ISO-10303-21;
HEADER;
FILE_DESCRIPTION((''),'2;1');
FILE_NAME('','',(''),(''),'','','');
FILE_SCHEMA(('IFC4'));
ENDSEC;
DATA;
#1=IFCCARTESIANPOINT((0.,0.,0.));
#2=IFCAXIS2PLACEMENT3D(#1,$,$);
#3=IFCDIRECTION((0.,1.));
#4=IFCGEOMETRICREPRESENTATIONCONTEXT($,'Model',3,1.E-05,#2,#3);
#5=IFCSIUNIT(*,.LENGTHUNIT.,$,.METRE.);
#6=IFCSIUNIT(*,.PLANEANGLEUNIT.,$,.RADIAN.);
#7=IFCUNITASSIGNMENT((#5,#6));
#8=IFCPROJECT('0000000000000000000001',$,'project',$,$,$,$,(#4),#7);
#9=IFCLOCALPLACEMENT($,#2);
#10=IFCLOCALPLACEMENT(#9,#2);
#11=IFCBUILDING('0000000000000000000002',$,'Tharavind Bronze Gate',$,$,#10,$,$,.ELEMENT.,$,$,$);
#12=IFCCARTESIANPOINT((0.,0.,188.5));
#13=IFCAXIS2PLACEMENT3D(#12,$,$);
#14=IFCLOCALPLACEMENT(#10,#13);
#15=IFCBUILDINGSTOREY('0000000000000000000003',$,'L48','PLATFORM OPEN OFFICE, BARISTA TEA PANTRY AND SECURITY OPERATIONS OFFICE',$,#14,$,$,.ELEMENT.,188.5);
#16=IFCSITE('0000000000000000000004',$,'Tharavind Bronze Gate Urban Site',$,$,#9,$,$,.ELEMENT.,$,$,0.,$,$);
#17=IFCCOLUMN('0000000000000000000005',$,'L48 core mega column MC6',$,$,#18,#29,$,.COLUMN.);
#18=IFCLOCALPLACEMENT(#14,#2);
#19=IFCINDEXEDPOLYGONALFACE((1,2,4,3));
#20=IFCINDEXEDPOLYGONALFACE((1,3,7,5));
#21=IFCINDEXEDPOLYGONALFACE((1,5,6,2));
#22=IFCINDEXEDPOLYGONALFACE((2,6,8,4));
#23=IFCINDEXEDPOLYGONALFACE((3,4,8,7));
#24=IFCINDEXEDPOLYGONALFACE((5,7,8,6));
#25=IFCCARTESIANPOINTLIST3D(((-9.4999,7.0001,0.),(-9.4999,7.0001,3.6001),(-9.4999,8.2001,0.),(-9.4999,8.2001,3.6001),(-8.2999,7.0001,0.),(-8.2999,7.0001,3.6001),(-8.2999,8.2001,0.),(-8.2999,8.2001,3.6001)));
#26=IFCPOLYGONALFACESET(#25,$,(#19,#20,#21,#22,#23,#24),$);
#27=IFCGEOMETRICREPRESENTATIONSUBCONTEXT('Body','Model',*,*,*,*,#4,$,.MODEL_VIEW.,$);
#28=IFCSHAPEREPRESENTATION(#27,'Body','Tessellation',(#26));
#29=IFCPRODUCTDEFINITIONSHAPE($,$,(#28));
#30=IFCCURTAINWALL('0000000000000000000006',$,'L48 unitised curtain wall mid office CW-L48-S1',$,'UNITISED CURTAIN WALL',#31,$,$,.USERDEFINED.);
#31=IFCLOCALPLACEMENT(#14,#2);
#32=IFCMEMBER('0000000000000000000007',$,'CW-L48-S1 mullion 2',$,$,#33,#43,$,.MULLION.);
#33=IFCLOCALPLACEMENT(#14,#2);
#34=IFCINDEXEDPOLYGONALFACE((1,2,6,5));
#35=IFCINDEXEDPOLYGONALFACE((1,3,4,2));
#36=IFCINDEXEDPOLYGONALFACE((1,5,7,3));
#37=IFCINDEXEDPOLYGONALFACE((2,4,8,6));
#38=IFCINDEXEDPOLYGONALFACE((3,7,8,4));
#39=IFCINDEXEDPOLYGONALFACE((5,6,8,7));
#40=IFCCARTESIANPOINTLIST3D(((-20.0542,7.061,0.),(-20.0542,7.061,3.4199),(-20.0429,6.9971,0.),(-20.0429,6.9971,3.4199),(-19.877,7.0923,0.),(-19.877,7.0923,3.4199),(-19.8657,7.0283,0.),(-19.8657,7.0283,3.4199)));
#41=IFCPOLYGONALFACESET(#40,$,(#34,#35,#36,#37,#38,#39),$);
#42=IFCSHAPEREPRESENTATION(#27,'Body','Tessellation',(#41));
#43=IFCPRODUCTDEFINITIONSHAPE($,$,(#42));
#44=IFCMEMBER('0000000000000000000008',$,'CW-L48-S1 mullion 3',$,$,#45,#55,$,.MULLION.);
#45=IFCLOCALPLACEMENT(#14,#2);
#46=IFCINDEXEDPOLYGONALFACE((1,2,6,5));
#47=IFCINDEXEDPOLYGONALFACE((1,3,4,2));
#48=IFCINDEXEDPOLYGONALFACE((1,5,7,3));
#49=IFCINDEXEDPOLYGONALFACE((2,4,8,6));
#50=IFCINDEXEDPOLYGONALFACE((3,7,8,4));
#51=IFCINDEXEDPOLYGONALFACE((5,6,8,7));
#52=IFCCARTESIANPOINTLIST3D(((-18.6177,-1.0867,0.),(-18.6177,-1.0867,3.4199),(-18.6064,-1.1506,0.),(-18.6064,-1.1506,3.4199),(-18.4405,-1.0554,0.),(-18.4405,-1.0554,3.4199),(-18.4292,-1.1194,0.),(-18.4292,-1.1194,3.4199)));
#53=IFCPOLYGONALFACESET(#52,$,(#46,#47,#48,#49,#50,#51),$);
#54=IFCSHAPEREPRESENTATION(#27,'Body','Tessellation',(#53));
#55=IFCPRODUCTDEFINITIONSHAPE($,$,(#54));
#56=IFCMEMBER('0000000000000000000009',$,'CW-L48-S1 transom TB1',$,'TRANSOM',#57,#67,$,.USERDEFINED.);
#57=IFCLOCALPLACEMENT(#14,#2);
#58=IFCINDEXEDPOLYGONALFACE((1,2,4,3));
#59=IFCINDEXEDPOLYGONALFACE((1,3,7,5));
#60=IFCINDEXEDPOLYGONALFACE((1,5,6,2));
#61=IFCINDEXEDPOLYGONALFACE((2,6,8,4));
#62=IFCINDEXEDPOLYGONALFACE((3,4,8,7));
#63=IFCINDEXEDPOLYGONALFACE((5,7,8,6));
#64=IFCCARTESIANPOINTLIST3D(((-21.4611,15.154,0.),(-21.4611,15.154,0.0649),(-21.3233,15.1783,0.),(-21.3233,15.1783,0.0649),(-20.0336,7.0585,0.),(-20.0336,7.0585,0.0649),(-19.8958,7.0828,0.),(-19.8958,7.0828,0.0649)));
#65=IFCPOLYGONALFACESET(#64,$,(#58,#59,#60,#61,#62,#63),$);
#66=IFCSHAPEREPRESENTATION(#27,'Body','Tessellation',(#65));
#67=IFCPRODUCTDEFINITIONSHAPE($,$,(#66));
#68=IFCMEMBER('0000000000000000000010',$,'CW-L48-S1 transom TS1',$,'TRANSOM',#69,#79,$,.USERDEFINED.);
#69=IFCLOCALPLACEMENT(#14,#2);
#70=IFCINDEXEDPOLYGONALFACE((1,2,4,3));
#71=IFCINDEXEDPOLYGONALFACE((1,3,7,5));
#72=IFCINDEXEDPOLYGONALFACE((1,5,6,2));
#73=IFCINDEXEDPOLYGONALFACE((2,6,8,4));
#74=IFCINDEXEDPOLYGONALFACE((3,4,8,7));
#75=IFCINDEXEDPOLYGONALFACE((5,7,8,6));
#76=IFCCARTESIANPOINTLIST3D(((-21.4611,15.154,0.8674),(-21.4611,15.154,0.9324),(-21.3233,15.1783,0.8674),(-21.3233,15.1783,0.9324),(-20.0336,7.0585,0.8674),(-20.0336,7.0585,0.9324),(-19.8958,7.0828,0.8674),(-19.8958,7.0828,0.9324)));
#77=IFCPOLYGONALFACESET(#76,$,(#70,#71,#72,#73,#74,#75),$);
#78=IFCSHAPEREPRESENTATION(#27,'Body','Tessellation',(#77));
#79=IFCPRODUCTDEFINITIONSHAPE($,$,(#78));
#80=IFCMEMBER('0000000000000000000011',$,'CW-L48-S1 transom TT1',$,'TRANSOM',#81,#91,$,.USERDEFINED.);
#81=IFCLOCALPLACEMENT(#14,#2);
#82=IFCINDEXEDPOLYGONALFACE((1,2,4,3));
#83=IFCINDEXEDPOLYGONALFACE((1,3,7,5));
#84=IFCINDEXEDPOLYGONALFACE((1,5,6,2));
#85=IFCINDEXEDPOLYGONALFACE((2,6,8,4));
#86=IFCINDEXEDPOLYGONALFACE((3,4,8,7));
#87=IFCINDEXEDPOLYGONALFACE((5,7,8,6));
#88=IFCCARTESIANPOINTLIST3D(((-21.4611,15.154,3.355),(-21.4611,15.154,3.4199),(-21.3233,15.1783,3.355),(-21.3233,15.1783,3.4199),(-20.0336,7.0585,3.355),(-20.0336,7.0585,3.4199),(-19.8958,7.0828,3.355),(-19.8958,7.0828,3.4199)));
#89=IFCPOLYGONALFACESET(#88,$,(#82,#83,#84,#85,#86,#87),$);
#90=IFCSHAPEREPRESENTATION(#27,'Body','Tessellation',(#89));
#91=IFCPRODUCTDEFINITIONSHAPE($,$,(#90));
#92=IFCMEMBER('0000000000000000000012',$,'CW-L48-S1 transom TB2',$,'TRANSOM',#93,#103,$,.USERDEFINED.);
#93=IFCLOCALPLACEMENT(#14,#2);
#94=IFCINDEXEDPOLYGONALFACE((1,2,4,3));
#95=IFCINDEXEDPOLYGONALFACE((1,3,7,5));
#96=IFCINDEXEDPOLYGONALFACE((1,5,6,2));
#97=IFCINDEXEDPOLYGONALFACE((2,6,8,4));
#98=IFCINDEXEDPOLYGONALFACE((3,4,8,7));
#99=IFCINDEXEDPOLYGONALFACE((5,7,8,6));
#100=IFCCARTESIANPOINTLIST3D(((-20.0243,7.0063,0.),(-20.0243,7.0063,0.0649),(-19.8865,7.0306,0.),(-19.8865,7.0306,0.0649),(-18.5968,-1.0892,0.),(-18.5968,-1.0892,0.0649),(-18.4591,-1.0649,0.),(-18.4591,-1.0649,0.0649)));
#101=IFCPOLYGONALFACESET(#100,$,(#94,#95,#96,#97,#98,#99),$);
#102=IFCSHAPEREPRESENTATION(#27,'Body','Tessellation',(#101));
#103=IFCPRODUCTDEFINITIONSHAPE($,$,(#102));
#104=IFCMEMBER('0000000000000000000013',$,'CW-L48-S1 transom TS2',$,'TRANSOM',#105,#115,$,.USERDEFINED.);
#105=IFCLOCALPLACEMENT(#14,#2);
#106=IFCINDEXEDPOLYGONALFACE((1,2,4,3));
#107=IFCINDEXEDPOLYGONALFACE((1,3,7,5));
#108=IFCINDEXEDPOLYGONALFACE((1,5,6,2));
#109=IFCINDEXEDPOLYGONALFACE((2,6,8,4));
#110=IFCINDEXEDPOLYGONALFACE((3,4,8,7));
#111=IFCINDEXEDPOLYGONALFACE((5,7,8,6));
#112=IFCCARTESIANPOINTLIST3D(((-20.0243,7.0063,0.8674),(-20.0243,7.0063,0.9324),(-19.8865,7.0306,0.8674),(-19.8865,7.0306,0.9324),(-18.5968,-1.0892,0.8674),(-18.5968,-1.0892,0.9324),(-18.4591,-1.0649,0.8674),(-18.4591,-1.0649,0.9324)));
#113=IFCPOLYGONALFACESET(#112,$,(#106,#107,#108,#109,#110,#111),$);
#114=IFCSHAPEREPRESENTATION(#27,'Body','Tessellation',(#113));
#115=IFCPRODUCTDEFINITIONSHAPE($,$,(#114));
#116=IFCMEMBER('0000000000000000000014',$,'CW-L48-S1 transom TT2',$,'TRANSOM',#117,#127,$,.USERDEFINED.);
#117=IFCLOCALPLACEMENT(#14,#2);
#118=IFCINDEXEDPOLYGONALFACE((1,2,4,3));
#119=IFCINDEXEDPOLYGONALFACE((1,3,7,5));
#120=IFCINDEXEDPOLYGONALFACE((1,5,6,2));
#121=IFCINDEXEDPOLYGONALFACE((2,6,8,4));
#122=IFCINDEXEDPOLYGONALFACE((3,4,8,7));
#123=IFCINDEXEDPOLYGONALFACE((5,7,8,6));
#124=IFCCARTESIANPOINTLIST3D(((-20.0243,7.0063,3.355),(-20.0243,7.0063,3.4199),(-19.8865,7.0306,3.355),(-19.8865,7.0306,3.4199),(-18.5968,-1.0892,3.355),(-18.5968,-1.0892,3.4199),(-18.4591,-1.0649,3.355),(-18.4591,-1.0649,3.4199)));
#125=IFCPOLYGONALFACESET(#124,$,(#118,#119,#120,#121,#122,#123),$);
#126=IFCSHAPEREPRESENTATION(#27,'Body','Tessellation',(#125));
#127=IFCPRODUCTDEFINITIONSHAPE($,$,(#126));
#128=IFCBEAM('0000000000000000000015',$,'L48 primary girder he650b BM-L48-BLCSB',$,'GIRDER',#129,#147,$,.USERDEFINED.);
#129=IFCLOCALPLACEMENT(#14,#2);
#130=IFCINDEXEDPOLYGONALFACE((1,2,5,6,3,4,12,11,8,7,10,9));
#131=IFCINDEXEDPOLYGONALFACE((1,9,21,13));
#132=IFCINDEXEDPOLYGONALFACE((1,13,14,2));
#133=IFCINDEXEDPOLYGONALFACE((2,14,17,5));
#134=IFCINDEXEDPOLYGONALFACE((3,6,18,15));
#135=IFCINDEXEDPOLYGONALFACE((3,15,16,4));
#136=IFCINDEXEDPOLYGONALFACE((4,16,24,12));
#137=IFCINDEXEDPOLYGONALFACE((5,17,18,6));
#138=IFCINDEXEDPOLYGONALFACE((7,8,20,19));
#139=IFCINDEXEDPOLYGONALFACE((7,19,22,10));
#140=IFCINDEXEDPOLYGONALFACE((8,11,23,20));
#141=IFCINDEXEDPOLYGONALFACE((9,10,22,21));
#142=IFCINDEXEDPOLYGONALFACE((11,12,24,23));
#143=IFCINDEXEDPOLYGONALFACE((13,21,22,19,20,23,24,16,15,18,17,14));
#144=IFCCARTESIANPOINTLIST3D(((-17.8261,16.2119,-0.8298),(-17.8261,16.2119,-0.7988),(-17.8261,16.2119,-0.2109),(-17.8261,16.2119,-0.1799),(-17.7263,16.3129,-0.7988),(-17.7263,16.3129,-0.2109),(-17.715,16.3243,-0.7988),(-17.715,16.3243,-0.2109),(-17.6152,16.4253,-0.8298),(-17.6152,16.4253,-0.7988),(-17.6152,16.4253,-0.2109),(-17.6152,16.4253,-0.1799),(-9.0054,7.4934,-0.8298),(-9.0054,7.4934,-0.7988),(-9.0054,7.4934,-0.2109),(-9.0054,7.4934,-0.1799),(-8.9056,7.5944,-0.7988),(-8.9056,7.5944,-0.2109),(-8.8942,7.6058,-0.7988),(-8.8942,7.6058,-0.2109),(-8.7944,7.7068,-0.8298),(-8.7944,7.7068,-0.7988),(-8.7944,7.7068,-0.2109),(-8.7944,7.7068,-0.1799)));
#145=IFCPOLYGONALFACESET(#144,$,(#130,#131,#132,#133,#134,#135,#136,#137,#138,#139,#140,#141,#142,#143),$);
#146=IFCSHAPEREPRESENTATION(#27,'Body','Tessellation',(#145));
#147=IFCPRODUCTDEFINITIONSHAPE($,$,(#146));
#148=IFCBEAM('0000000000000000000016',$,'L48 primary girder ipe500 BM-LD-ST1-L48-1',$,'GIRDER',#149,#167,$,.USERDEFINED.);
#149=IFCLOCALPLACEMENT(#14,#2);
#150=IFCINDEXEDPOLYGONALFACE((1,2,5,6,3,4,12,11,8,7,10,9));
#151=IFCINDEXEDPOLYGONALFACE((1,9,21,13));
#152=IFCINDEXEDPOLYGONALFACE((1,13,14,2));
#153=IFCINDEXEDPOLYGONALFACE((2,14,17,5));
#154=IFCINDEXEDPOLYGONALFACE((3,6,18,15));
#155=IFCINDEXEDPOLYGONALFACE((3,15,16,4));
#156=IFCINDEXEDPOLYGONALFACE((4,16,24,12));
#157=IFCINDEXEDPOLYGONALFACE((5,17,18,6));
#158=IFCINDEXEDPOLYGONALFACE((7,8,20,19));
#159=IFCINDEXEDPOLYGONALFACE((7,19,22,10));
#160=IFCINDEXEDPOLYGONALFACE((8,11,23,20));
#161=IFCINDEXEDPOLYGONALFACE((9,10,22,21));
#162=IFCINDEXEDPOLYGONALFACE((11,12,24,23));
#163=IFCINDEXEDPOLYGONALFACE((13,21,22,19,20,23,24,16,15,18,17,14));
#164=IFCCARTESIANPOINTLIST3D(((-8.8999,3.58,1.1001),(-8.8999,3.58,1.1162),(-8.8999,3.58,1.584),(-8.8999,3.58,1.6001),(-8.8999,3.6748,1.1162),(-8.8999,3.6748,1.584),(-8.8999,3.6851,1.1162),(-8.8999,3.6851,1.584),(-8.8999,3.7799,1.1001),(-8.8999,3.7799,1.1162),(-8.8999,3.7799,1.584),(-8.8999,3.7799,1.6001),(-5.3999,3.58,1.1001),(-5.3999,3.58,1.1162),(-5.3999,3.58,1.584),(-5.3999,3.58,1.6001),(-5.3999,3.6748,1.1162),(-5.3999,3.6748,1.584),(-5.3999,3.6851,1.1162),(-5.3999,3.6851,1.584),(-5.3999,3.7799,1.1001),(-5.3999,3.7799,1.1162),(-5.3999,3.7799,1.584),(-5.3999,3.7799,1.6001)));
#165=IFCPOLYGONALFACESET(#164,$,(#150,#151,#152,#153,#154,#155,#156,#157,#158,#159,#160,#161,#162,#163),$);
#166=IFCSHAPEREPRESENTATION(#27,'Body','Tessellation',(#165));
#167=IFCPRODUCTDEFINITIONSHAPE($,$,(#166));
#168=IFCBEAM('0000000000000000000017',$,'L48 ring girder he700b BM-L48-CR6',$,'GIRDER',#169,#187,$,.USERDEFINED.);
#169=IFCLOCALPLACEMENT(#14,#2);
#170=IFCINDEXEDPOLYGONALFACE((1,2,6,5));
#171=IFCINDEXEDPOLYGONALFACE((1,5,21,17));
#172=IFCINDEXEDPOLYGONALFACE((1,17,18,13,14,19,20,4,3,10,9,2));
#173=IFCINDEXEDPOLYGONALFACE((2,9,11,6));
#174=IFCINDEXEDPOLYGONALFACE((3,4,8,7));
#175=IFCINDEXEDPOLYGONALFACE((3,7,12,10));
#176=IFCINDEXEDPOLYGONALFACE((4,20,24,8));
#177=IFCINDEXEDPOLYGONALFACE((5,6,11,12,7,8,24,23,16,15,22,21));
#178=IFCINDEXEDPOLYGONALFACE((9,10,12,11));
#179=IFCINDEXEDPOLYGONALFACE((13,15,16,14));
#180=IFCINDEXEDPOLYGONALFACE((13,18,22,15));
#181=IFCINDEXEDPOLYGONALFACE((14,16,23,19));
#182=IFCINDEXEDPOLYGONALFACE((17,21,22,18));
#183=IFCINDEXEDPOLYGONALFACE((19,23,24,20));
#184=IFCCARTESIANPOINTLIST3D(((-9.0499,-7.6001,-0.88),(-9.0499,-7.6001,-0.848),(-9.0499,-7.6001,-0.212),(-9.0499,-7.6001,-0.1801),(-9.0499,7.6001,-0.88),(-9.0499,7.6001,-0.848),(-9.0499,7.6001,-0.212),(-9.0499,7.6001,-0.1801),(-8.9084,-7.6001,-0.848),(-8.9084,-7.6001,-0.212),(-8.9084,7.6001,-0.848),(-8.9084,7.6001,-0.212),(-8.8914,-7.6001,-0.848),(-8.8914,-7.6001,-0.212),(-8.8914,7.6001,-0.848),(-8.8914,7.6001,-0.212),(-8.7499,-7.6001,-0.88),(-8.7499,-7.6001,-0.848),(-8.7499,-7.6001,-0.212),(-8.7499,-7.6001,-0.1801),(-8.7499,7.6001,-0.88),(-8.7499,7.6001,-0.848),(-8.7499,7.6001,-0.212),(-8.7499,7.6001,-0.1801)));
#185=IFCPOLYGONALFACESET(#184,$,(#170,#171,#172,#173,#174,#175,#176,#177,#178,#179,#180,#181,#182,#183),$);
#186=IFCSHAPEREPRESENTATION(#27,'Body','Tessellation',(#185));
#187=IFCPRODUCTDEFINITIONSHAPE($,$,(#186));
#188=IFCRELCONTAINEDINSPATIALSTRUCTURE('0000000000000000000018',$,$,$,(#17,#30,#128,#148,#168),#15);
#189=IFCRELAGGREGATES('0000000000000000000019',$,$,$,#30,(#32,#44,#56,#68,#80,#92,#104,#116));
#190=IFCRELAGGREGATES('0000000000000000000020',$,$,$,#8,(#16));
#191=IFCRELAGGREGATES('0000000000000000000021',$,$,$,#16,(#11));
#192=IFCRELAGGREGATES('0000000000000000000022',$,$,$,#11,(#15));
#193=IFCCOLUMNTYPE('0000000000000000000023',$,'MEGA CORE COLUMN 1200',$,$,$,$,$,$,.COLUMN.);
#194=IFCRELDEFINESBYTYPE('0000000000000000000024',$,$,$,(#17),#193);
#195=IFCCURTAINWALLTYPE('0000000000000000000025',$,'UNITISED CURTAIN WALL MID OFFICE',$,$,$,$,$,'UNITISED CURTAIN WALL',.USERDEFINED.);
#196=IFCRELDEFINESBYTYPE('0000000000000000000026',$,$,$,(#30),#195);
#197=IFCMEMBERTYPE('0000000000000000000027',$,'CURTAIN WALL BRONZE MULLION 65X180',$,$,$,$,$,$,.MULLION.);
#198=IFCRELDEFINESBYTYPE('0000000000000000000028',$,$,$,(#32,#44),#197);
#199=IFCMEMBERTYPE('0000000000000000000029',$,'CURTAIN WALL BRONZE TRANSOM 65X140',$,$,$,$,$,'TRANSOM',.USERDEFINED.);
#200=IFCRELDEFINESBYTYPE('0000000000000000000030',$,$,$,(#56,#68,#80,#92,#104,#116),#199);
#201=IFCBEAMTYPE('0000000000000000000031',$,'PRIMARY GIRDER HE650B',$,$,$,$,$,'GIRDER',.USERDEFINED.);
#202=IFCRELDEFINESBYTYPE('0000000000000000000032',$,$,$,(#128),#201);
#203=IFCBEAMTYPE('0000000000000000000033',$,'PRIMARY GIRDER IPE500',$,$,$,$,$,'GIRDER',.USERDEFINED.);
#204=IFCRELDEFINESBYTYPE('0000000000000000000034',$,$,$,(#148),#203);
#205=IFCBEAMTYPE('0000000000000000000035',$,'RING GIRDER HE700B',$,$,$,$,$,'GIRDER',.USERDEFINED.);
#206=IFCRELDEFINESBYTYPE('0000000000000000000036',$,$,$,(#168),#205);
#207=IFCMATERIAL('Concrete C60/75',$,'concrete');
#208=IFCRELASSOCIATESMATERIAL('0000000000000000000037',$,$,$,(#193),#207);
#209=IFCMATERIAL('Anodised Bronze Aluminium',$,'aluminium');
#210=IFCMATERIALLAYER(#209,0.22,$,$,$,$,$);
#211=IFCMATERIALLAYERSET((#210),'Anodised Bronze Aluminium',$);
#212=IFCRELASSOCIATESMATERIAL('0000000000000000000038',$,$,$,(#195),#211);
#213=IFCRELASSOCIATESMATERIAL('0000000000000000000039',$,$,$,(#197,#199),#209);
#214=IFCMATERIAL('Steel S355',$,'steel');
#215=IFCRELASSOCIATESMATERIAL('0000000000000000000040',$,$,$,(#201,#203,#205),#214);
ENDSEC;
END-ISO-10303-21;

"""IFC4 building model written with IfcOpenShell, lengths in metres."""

from ifc_helpers import new_model, si_unit, direction, frame, origin, origin_2d, place, context, subcontext, project, spatial, rectangle, i_section, extrude, material, layer, layer_set, material_profile, profile_set, type_object, element, aggregate, save


model = new_model("IFC4")

# Units and contexts
model_context = context("Model", 3, precision=1e-05, world=origin(), true_north=direction((0.0, 1.0)))
body_context = subcontext(model_context, "Body", "Model", "MODEL_VIEW")
ifc_project = project(units=[si_unit("LENGTHUNIT", "METRE"), si_unit("PLANEANGLEUNIT", "RADIAN")], contexts=[model_context])

# Site, building, storey
site_placement = place(None, origin())
site = spatial("IfcSite", under=ifc_project, at=site_placement, Name="Tharavind Bronze Gate Urban Site", CompositionType="ELEMENT", RefElevation=0.0)
building_placement = place(site_placement, origin())
building = spatial("IfcBuilding", under=site, at=building_placement, Name="Tharavind Bronze Gate", CompositionType="ELEMENT")
storey_placement = place(building_placement, frame((0.0, 0.0, 188.5)))
storey = spatial("IfcBuildingStorey", under=building, at=storey_placement, Name="L48", Description="PLATFORM OPEN OFFICE, BARISTA TEA PANTRY AND SECURITY OPERATIONS OFFICE", CompositionType="ELEMENT", Elevation=188.5)

# Column
ifc_material_1 = material(Name="Concrete C60/75", Category="concrete")
ifc_material_profile_1 = material_profile(ifc_material_1, rectangle(XDim=1.2, YDim=1.2, at=origin_2d()), Name="RCCOL1200")
ifc_profile_set_1 = profile_set([ifc_material_profile_1], Name="Concrete C60/75")
column_type = type_object("IfcColumnType", Name="MEGA CORE COLUMN 1200", PredefinedType="COLUMN", material=ifc_profile_set_1)
column_placement = place(storey_placement, frame((-8.8999, 7.6001, 0.0), z_axis=(0.0, 0.0, 1.0), x_axis=(1.0, 0.0, 0.0)))
element("IfcColumn", 1, at=column_placement, inside=storey, type_object=column_type, Name="L48 core mega column MC6", PredefinedType="COLUMN", context=body_context, shape_type="SweptSolid", body=[
    extrude(rectangle(XDim=1.2, YDim=1.2, at=origin_2d()), origin(), (0.0, 0.0, 1.0), 3.6001),
])

# Curtain wall, members
ifc_material_2 = material(Name="Anodised Bronze Aluminium", Category="aluminium")
ifc_layer_1 = layer(ifc_material_2, 0.22)
ifc_layer_set_1 = layer_set([ifc_layer_1], Name="Anodised Bronze Aluminium")
curtain_wall_type = type_object("IfcCurtainWallType", Name="UNITISED CURTAIN WALL MID OFFICE", ElementType="UNITISED CURTAIN WALL", PredefinedType="USERDEFINED", material=ifc_layer_set_1)
curtain_wall_placement = place(storey_placement, origin())
curtain_wall = element("IfcCurtainWall", 2, at=curtain_wall_placement, inside=storey, type_object=curtain_wall_type, Name="L48 unitised curtain wall mid office CW-L48-S1", ObjectType="UNITISED CURTAIN WALL", PredefinedType="USERDEFINED")
member_type_1 = type_object("IfcMemberType", Name="CURTAIN WALL BRONZE MULLION 65X180", PredefinedType="MULLION", material=ifc_material_2)
member_1_placement = place(storey_placement, frame((-19.96, 7.0447, 0.0), z_axis=(0.0, 0.0, 1.0), x_axis=(0.173648, -0.984808, 0.0)))
member_1 = element("IfcMember", 3, at=member_1_placement, type_object=member_type_1, Name="CW-L48-S1 mullion 2", PredefinedType="MULLION", context=body_context, shape_type="SweptSolid", body=[
    extrude(rectangle(XDim=0.0649, YDim=0.1799, at=origin_2d()), origin(), (0.0, 0.0, 1.0), 3.4199),
])
member_2_placement = place(storey_placement, frame((-18.5234, -1.103, 0.0), z_axis=(0.0, 0.0, 1.0), x_axis=(0.173648, -0.984808, 0.0)))
member_2 = element("IfcMember", 4, at=member_2_placement, type_object=member_type_1, Name="CW-L48-S1 mullion 3", PredefinedType="MULLION", context=body_context, shape_type="SweptSolid", body=[
    extrude(rectangle(XDim=0.0649, YDim=0.1799, at=origin_2d()), origin(), (0.0, 0.0, 1.0), 3.4199),
])
member_type_2 = type_object("IfcMemberType", Name="CURTAIN WALL BRONZE TRANSOM 65X140", ElementType="TRANSOM", PredefinedType="USERDEFINED", material=ifc_material_2)
member_3_placement = place(storey_placement, frame((-20.6785, 11.1184, 0.0), z_axis=(0.0, 0.0, 1.0), x_axis=(0.173648, -0.984808, 0.0)))
member_3 = element("IfcMember", 5, at=member_3_placement, type_object=member_type_2, Name="CW-L48-S1 transom TB1", ObjectType="TRANSOM", PredefinedType="USERDEFINED", context=body_context, shape_type="SweptSolid", body=[
    extrude(rectangle(XDim=8.2205, YDim=0.1399, at=origin_2d()), origin(), (0.0, 0.0, 1.0), 0.0649),
])
member_4_placement = place(storey_placement, frame((-20.6785, 11.1184, 0.8674), z_axis=(0.0, 0.0, 1.0), x_axis=(0.173648, -0.984808, 0.0)))
member_4 = element("IfcMember", 6, at=member_4_placement, type_object=member_type_2, Name="CW-L48-S1 transom TS1", ObjectType="TRANSOM", PredefinedType="USERDEFINED", context=body_context, shape_type="SweptSolid", body=[
    extrude(rectangle(XDim=8.2205, YDim=0.1399, at=origin_2d()), origin(), (0.0, 0.0, 1.0), 0.0649),
])
member_5_placement = place(storey_placement, frame((-20.6785, 11.1184, 3.355), z_axis=(0.0, 0.0, 1.0), x_axis=(0.173648, -0.984808, 0.0)))
member_5 = element("IfcMember", 7, at=member_5_placement, type_object=member_type_2, Name="CW-L48-S1 transom TT1", ObjectType="TRANSOM", PredefinedType="USERDEFINED", context=body_context, shape_type="SweptSolid", body=[
    extrude(rectangle(XDim=8.2205, YDim=0.1399, at=origin_2d()), origin(), (0.0, 0.0, 1.0), 0.0649),
])
member_6_placement = place(storey_placement, frame((-19.2417, 2.9707, 0.0), z_axis=(0.0, 0.0, 1.0), x_axis=(0.173648, -0.984808, 0.0)))
member_6 = element("IfcMember", 8, at=member_6_placement, type_object=member_type_2, Name="CW-L48-S1 transom TB2", ObjectType="TRANSOM", PredefinedType="USERDEFINED", context=body_context, shape_type="SweptSolid", body=[
    extrude(rectangle(XDim=8.2205, YDim=0.1399, at=origin_2d()), origin(), (0.0, 0.0, 1.0), 0.0649),
])
member_7_placement = place(storey_placement, frame((-19.2417, 2.9707, 0.8674), z_axis=(0.0, 0.0, 1.0), x_axis=(0.173648, -0.984808, 0.0)))
member_7 = element("IfcMember", 9, at=member_7_placement, type_object=member_type_2, Name="CW-L48-S1 transom TS2", ObjectType="TRANSOM", PredefinedType="USERDEFINED", context=body_context, shape_type="SweptSolid", body=[
    extrude(rectangle(XDim=8.2205, YDim=0.1399, at=origin_2d()), origin(), (0.0, 0.0, 1.0), 0.0649),
])
member_8_placement = place(storey_placement, frame((-19.2417, 2.9707, 3.355), z_axis=(0.0, 0.0, 1.0), x_axis=(0.173648, -0.984808, 0.0)))
member_8 = element("IfcMember", 10, at=member_8_placement, type_object=member_type_2, Name="CW-L48-S1 transom TT2", ObjectType="TRANSOM", PredefinedType="USERDEFINED", context=body_context, shape_type="SweptSolid", body=[
    extrude(rectangle(XDim=8.2205, YDim=0.1399, at=origin_2d()), origin(), (0.0, 0.0, 1.0), 0.0649),
])

# Beams
ifc_material_3 = material(Name="Steel S355", Category="steel")
ifc_material_profile_2 = material_profile(ifc_material_3, i_section(OverallWidth=0.3, OverallDepth=0.6499, WebThickness=0.0161, FlangeThickness=0.031, at=origin_2d()), Name="HE650B")
ifc_profile_set_2 = profile_set([ifc_material_profile_2], Name="Steel S355")
beam_type_1 = type_object("IfcBeamType", Name="PRIMARY GIRDER HE650B", ElementType="GIRDER", PredefinedType="USERDEFINED", material=ifc_profile_set_2)
beam_1_placement = place(storey_placement, frame((-8.8999, 7.6001, -0.5049), z_axis=(-0.711219, 0.702971, 0.0), x_axis=(-0.702971, -0.711219, 0.0)))
element("IfcBeam", 11, at=beam_1_placement, inside=storey, type_object=beam_type_1, Name="L48 primary girder he650b BM-L48-BLCSB", ObjectType="GIRDER", PredefinedType="USERDEFINED", context=body_context, shape_type="SweptSolid", body=[
    extrude(i_section(OverallWidth=0.3, OverallDepth=0.6499, WebThickness=0.0161, FlangeThickness=0.031, at=origin_2d()), origin(), (0.0, 0.0, 1.0), 12.4023),
])
ifc_material_profile_3 = material_profile(ifc_material_3, i_section(OverallWidth=0.2, OverallDepth=0.5, WebThickness=0.0103, FlangeThickness=0.0161, at=origin_2d()), Name="IPE500")
ifc_profile_set_3 = profile_set([ifc_material_profile_3], Name="Steel S355")
beam_type_2 = type_object("IfcBeamType", Name="PRIMARY GIRDER IPE500", ElementType="GIRDER", PredefinedType="USERDEFINED", material=ifc_profile_set_3)
beam_2_placement = place(storey_placement, frame((-8.8999, 3.6799, 1.3501), z_axis=(1.0, 0.0, 0.0), x_axis=(0.0, 1.0, 0.0)))
element("IfcBeam", 12, at=beam_2_placement, inside=storey, type_object=beam_type_2, Name="L48 primary girder ipe500 BM-LD-ST1-L48-1", ObjectType="GIRDER", PredefinedType="USERDEFINED", context=body_context, shape_type="SweptSolid", body=[
    extrude(i_section(OverallWidth=0.2, OverallDepth=0.5, WebThickness=0.0103, FlangeThickness=0.0161, at=origin_2d()), origin(), (0.0, 0.0, 1.0), 3.5),
])
ifc_material_profile_4 = material_profile(ifc_material_3, i_section(OverallWidth=0.3, OverallDepth=0.7, WebThickness=0.0171, FlangeThickness=0.032, at=origin_2d()), Name="HE700B")
ifc_profile_set_4 = profile_set([ifc_material_profile_4], Name="Steel S355")
beam_type_3 = type_object("IfcBeamType", Name="RING GIRDER HE700B", ElementType="GIRDER", PredefinedType="USERDEFINED", material=ifc_profile_set_4)
beam_3_placement = place(storey_placement, frame((-8.8999, 7.6001, -0.53), z_axis=(0.0, -1.0, 0.0), x_axis=(1.0, 0.0, 0.0)))
element("IfcBeam", 13, at=beam_3_placement, inside=storey, type_object=beam_type_3, Name="L48 ring girder he700b BM-L48-CR6", ObjectType="GIRDER", PredefinedType="USERDEFINED", context=body_context, shape_type="SweptSolid", body=[
    extrude(i_section(OverallWidth=0.3, OverallDepth=0.7, WebThickness=0.0171, FlangeThickness=0.032, at=origin_2d()), origin(), (0.0, 0.0, 1.0), 15.2002),
])

aggregate(curtain_wall, [member_1, member_2, member_3, member_4, member_5, member_6, member_7, member_8])

save(model, "model.ifc")
